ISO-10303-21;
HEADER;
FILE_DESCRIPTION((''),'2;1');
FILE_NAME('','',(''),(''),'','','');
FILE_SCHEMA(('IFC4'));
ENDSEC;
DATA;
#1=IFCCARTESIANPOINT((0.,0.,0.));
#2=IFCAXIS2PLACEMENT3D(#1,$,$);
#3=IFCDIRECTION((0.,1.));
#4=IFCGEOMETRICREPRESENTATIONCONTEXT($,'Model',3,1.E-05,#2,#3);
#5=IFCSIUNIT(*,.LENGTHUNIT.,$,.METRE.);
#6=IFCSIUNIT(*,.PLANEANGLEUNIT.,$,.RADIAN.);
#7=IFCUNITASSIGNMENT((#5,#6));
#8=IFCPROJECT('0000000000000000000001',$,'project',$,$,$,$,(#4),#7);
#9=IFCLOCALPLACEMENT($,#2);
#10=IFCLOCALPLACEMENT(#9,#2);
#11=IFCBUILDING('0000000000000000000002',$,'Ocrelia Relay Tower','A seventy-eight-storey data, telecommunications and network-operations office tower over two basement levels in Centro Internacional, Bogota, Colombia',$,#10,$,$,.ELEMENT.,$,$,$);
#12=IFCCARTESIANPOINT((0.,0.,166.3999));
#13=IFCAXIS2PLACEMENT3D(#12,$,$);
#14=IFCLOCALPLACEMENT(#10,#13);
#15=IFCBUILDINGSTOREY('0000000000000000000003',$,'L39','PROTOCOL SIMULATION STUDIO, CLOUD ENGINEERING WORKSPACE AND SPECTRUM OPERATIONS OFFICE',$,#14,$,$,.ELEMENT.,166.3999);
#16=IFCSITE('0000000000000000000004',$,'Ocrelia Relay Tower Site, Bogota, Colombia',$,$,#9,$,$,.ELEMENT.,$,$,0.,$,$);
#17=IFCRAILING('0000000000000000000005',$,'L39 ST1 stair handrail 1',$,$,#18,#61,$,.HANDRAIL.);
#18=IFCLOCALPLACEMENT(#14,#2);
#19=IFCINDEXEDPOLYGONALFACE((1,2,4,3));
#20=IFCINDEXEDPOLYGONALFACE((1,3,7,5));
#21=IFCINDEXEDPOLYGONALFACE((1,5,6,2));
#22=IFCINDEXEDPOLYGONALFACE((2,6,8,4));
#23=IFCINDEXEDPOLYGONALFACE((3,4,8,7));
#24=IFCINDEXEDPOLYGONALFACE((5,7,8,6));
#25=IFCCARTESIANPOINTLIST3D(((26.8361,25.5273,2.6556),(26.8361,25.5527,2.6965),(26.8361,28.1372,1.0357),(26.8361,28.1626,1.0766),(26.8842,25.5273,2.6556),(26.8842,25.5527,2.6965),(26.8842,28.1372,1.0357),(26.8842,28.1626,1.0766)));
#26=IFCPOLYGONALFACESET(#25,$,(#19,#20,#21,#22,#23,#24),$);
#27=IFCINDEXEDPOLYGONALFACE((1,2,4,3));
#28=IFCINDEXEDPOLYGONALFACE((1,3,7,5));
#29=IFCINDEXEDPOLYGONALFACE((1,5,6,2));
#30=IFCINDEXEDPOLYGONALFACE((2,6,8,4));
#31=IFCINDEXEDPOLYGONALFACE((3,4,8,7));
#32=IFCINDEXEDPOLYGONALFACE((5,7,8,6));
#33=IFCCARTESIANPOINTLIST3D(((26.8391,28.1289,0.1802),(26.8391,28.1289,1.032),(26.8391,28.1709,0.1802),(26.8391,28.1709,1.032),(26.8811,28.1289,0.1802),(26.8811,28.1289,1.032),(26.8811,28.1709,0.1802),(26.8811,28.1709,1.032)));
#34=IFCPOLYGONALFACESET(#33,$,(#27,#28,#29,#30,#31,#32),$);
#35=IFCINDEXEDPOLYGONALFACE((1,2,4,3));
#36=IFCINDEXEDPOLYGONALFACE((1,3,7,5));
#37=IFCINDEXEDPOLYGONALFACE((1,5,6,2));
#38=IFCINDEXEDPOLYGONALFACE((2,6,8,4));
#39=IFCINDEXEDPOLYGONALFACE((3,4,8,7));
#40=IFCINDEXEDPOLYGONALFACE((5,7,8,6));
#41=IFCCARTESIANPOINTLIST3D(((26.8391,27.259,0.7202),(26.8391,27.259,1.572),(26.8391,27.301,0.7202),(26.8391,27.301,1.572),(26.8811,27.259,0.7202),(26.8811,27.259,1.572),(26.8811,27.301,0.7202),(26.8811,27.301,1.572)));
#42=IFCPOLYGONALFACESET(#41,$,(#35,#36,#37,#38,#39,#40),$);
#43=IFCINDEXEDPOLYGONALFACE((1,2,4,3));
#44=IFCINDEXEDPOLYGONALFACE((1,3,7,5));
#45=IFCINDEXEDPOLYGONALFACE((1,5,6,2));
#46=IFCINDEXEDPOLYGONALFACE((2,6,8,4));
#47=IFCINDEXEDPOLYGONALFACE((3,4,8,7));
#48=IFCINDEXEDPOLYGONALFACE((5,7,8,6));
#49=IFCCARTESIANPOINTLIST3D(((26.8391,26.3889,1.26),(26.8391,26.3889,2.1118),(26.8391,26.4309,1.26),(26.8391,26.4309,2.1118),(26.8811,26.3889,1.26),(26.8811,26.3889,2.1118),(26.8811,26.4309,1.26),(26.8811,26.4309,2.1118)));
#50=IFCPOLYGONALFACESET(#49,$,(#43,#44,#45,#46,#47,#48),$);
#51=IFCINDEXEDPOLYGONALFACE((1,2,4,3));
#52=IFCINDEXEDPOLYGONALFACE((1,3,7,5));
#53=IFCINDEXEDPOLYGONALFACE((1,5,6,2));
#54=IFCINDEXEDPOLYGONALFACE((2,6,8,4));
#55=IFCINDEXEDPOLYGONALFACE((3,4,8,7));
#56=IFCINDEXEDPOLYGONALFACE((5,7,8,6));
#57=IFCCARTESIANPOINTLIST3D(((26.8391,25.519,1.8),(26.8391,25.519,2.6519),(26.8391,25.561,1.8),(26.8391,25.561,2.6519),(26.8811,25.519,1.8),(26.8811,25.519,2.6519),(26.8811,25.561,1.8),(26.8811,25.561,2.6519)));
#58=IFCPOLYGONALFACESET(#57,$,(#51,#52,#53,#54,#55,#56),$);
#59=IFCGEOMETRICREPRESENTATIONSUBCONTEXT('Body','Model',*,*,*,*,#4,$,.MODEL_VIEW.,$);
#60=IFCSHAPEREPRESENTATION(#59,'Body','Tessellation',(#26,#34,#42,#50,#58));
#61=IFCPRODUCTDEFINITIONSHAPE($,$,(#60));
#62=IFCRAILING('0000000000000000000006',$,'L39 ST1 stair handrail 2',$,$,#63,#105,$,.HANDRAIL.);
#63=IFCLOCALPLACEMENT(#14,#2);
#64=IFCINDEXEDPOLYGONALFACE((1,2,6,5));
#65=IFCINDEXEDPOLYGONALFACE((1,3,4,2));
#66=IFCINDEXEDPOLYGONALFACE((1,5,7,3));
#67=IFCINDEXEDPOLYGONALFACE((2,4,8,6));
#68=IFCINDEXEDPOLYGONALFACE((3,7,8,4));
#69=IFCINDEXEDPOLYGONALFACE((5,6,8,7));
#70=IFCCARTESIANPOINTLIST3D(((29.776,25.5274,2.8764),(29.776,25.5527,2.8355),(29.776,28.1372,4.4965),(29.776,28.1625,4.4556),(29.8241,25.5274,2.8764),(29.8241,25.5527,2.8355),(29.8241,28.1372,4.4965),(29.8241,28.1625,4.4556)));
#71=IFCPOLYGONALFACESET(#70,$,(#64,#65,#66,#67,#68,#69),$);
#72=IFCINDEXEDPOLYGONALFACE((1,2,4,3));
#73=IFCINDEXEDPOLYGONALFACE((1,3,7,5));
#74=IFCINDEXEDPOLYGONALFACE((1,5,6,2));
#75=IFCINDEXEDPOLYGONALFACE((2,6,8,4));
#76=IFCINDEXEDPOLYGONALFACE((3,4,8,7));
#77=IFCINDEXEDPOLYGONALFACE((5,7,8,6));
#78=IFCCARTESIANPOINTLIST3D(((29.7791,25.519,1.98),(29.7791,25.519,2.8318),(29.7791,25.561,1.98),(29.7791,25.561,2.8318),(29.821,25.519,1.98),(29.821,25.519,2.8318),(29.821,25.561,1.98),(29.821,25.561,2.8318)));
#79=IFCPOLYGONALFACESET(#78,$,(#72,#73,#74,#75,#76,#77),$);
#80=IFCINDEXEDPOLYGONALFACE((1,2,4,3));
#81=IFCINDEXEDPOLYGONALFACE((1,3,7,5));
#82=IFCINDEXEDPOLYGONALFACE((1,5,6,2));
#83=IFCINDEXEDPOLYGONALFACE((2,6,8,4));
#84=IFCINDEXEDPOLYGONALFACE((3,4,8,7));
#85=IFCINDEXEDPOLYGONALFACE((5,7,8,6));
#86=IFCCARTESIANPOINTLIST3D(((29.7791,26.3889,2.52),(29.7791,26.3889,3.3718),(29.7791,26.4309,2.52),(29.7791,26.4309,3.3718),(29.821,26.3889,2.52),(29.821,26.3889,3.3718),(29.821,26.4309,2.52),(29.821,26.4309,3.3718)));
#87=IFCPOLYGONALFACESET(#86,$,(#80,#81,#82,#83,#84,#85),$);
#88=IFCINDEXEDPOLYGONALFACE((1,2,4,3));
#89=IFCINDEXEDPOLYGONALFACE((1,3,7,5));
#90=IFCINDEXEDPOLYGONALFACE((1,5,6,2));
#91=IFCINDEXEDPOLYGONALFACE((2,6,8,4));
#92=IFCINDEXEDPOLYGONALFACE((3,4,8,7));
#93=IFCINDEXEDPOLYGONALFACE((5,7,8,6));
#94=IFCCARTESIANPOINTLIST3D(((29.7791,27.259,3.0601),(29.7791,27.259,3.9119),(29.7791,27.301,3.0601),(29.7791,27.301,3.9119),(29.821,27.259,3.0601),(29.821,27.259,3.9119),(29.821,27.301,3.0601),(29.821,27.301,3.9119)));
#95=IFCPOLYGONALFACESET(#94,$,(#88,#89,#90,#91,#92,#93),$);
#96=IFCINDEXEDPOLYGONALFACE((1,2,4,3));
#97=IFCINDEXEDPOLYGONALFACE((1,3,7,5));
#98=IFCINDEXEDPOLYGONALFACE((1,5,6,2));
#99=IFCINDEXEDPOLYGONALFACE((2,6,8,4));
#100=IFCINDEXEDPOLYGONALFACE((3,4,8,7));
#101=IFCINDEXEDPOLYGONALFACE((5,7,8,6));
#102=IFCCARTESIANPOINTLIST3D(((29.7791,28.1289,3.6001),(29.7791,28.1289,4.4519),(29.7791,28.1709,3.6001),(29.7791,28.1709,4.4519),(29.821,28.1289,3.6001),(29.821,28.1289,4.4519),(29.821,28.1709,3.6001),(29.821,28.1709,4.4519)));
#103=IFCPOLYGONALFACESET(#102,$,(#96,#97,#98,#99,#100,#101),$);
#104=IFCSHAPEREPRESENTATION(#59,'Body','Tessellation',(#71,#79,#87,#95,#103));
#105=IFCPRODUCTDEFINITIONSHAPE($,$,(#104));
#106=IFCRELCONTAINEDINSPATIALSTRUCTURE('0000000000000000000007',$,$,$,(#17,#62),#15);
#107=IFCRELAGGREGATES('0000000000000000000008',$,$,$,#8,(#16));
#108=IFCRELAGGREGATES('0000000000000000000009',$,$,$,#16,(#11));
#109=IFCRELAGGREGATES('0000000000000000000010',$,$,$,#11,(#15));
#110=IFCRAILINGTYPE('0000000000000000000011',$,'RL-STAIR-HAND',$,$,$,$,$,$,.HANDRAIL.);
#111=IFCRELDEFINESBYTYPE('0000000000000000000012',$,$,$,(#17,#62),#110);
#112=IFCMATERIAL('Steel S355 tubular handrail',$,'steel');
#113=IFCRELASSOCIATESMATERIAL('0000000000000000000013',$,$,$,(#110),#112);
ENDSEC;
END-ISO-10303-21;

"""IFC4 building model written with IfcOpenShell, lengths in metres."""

from ifc_helpers import new_model, si_unit, direction, frame, origin, origin_2d, place, context, subcontext, project, spatial, rectangle, extrude, material, type_object, element, save


model = new_model("IFC4")

# Units and contexts
model_context = context("Model", 3, precision=1e-05, world=origin(), true_north=direction((0.0, 1.0)))
body_context = subcontext(model_context, "Body", "Model", "MODEL_VIEW")
ifc_project = project(units=[si_unit("LENGTHUNIT", "METRE"), si_unit("PLANEANGLEUNIT", "RADIAN")], contexts=[model_context])

# Site, building, storey
site_placement = place(None, origin())
site = spatial("IfcSite", under=ifc_project, at=site_placement, Name="Ocrelia Relay Tower Site, Bogota, Colombia", CompositionType="ELEMENT", RefElevation=0.0)
building_placement = place(site_placement, origin())
building = spatial("IfcBuilding", under=site, at=building_placement, Name="Ocrelia Relay Tower", Description="A seventy-eight-storey data, telecommunications and network-operations office tower over two basement levels in Centro Internacional, Bogota, Colombia", CompositionType="ELEMENT")
storey_placement = place(building_placement, frame((0.0, 0.0, 166.3999)))
storey = spatial("IfcBuildingStorey", under=building, at=storey_placement, Name="L39", Description="PROTOCOL SIMULATION STUDIO, CLOUD ENGINEERING WORKSPACE AND SPECTRUM OPERATIONS OFFICE", CompositionType="ELEMENT", Elevation=166.3999)

# Railings
ifc_material_1 = material(Name="Steel S355 tubular handrail", Category="steel")
railing_type_1 = type_object("IfcRailingType", Name="RL-STAIR-HAND", PredefinedType="HANDRAIL", material=ifc_material_1)
railing_1_placement = place(storey_placement, frame((26.8601, 28.1499, 0.1802)))
element("IfcRailing", 1, at=railing_1_placement, inside=storey, type_object=railing_type_1, Name="L39 ST1 stair handrail 1", PredefinedType="HANDRAIL", context=body_context, shape_type="SweptSolid", body=[
    extrude(rectangle(XDim=0.0481, YDim=0.0481, at=origin_2d()), frame((0.0, 0.0, 0.876), z_axis=(0.0, -0.849646, 0.527353), x_axis=(1.0, 0.0, 0.0)), (0.0, 0.0, 1.0), 3.0718),
    extrude(rectangle(XDim=0.042, YDim=0.042, at=origin_2d()), origin(), (0.0, 0.0, 1.0), 0.8518),
    extrude(rectangle(XDim=0.042, YDim=0.042, at=origin_2d()), frame((0.0, -0.8699, 0.54)), (0.0, 0.0, 1.0), 0.8518),
    extrude(rectangle(XDim=0.042, YDim=0.042, at=origin_2d()), frame((0.0, -1.74, 1.0798)), (0.0, 0.0, 1.0), 0.8518),
    extrude(rectangle(XDim=0.042, YDim=0.042, at=origin_2d()), frame((0.0, -2.6099, 1.6199)), (0.0, 0.0, 1.0), 0.8518),
])
railing_2_placement = place(storey_placement, frame((29.8, 25.54, 1.98)))
element("IfcRailing", 2, at=railing_2_placement, inside=storey, type_object=railing_type_1, Name="L39 ST1 stair handrail 2", PredefinedType="HANDRAIL", context=body_context, shape_type="SweptSolid", body=[
    extrude(rectangle(XDim=0.0481, YDim=0.0481, at=origin_2d()), frame((0.0, 0.0, 0.876), z_axis=(0.0, 0.849611, 0.52741), x_axis=(-1.0, 0.0, 0.0)), (0.0, 0.0, 1.0), 3.0718),
    extrude(rectangle(XDim=0.042, YDim=0.042, at=origin_2d()), origin(), (0.0, 0.0, 1.0), 0.8518),
    extrude(rectangle(XDim=0.042, YDim=0.042, at=origin_2d()), frame((0.0, 0.8699, 0.54)), (0.0, 0.0, 1.0), 0.8518),
    extrude(rectangle(XDim=0.042, YDim=0.042, at=origin_2d()), frame((0.0, 1.74, 1.0801)), (0.0, 0.0, 1.0), 0.8518),
    extrude(rectangle(XDim=0.042, YDim=0.042, at=origin_2d()), frame((0.0, 2.6099, 1.6201)), (0.0, 0.0, 1.0), 0.8518),
])

save(model, "model.ifc")
